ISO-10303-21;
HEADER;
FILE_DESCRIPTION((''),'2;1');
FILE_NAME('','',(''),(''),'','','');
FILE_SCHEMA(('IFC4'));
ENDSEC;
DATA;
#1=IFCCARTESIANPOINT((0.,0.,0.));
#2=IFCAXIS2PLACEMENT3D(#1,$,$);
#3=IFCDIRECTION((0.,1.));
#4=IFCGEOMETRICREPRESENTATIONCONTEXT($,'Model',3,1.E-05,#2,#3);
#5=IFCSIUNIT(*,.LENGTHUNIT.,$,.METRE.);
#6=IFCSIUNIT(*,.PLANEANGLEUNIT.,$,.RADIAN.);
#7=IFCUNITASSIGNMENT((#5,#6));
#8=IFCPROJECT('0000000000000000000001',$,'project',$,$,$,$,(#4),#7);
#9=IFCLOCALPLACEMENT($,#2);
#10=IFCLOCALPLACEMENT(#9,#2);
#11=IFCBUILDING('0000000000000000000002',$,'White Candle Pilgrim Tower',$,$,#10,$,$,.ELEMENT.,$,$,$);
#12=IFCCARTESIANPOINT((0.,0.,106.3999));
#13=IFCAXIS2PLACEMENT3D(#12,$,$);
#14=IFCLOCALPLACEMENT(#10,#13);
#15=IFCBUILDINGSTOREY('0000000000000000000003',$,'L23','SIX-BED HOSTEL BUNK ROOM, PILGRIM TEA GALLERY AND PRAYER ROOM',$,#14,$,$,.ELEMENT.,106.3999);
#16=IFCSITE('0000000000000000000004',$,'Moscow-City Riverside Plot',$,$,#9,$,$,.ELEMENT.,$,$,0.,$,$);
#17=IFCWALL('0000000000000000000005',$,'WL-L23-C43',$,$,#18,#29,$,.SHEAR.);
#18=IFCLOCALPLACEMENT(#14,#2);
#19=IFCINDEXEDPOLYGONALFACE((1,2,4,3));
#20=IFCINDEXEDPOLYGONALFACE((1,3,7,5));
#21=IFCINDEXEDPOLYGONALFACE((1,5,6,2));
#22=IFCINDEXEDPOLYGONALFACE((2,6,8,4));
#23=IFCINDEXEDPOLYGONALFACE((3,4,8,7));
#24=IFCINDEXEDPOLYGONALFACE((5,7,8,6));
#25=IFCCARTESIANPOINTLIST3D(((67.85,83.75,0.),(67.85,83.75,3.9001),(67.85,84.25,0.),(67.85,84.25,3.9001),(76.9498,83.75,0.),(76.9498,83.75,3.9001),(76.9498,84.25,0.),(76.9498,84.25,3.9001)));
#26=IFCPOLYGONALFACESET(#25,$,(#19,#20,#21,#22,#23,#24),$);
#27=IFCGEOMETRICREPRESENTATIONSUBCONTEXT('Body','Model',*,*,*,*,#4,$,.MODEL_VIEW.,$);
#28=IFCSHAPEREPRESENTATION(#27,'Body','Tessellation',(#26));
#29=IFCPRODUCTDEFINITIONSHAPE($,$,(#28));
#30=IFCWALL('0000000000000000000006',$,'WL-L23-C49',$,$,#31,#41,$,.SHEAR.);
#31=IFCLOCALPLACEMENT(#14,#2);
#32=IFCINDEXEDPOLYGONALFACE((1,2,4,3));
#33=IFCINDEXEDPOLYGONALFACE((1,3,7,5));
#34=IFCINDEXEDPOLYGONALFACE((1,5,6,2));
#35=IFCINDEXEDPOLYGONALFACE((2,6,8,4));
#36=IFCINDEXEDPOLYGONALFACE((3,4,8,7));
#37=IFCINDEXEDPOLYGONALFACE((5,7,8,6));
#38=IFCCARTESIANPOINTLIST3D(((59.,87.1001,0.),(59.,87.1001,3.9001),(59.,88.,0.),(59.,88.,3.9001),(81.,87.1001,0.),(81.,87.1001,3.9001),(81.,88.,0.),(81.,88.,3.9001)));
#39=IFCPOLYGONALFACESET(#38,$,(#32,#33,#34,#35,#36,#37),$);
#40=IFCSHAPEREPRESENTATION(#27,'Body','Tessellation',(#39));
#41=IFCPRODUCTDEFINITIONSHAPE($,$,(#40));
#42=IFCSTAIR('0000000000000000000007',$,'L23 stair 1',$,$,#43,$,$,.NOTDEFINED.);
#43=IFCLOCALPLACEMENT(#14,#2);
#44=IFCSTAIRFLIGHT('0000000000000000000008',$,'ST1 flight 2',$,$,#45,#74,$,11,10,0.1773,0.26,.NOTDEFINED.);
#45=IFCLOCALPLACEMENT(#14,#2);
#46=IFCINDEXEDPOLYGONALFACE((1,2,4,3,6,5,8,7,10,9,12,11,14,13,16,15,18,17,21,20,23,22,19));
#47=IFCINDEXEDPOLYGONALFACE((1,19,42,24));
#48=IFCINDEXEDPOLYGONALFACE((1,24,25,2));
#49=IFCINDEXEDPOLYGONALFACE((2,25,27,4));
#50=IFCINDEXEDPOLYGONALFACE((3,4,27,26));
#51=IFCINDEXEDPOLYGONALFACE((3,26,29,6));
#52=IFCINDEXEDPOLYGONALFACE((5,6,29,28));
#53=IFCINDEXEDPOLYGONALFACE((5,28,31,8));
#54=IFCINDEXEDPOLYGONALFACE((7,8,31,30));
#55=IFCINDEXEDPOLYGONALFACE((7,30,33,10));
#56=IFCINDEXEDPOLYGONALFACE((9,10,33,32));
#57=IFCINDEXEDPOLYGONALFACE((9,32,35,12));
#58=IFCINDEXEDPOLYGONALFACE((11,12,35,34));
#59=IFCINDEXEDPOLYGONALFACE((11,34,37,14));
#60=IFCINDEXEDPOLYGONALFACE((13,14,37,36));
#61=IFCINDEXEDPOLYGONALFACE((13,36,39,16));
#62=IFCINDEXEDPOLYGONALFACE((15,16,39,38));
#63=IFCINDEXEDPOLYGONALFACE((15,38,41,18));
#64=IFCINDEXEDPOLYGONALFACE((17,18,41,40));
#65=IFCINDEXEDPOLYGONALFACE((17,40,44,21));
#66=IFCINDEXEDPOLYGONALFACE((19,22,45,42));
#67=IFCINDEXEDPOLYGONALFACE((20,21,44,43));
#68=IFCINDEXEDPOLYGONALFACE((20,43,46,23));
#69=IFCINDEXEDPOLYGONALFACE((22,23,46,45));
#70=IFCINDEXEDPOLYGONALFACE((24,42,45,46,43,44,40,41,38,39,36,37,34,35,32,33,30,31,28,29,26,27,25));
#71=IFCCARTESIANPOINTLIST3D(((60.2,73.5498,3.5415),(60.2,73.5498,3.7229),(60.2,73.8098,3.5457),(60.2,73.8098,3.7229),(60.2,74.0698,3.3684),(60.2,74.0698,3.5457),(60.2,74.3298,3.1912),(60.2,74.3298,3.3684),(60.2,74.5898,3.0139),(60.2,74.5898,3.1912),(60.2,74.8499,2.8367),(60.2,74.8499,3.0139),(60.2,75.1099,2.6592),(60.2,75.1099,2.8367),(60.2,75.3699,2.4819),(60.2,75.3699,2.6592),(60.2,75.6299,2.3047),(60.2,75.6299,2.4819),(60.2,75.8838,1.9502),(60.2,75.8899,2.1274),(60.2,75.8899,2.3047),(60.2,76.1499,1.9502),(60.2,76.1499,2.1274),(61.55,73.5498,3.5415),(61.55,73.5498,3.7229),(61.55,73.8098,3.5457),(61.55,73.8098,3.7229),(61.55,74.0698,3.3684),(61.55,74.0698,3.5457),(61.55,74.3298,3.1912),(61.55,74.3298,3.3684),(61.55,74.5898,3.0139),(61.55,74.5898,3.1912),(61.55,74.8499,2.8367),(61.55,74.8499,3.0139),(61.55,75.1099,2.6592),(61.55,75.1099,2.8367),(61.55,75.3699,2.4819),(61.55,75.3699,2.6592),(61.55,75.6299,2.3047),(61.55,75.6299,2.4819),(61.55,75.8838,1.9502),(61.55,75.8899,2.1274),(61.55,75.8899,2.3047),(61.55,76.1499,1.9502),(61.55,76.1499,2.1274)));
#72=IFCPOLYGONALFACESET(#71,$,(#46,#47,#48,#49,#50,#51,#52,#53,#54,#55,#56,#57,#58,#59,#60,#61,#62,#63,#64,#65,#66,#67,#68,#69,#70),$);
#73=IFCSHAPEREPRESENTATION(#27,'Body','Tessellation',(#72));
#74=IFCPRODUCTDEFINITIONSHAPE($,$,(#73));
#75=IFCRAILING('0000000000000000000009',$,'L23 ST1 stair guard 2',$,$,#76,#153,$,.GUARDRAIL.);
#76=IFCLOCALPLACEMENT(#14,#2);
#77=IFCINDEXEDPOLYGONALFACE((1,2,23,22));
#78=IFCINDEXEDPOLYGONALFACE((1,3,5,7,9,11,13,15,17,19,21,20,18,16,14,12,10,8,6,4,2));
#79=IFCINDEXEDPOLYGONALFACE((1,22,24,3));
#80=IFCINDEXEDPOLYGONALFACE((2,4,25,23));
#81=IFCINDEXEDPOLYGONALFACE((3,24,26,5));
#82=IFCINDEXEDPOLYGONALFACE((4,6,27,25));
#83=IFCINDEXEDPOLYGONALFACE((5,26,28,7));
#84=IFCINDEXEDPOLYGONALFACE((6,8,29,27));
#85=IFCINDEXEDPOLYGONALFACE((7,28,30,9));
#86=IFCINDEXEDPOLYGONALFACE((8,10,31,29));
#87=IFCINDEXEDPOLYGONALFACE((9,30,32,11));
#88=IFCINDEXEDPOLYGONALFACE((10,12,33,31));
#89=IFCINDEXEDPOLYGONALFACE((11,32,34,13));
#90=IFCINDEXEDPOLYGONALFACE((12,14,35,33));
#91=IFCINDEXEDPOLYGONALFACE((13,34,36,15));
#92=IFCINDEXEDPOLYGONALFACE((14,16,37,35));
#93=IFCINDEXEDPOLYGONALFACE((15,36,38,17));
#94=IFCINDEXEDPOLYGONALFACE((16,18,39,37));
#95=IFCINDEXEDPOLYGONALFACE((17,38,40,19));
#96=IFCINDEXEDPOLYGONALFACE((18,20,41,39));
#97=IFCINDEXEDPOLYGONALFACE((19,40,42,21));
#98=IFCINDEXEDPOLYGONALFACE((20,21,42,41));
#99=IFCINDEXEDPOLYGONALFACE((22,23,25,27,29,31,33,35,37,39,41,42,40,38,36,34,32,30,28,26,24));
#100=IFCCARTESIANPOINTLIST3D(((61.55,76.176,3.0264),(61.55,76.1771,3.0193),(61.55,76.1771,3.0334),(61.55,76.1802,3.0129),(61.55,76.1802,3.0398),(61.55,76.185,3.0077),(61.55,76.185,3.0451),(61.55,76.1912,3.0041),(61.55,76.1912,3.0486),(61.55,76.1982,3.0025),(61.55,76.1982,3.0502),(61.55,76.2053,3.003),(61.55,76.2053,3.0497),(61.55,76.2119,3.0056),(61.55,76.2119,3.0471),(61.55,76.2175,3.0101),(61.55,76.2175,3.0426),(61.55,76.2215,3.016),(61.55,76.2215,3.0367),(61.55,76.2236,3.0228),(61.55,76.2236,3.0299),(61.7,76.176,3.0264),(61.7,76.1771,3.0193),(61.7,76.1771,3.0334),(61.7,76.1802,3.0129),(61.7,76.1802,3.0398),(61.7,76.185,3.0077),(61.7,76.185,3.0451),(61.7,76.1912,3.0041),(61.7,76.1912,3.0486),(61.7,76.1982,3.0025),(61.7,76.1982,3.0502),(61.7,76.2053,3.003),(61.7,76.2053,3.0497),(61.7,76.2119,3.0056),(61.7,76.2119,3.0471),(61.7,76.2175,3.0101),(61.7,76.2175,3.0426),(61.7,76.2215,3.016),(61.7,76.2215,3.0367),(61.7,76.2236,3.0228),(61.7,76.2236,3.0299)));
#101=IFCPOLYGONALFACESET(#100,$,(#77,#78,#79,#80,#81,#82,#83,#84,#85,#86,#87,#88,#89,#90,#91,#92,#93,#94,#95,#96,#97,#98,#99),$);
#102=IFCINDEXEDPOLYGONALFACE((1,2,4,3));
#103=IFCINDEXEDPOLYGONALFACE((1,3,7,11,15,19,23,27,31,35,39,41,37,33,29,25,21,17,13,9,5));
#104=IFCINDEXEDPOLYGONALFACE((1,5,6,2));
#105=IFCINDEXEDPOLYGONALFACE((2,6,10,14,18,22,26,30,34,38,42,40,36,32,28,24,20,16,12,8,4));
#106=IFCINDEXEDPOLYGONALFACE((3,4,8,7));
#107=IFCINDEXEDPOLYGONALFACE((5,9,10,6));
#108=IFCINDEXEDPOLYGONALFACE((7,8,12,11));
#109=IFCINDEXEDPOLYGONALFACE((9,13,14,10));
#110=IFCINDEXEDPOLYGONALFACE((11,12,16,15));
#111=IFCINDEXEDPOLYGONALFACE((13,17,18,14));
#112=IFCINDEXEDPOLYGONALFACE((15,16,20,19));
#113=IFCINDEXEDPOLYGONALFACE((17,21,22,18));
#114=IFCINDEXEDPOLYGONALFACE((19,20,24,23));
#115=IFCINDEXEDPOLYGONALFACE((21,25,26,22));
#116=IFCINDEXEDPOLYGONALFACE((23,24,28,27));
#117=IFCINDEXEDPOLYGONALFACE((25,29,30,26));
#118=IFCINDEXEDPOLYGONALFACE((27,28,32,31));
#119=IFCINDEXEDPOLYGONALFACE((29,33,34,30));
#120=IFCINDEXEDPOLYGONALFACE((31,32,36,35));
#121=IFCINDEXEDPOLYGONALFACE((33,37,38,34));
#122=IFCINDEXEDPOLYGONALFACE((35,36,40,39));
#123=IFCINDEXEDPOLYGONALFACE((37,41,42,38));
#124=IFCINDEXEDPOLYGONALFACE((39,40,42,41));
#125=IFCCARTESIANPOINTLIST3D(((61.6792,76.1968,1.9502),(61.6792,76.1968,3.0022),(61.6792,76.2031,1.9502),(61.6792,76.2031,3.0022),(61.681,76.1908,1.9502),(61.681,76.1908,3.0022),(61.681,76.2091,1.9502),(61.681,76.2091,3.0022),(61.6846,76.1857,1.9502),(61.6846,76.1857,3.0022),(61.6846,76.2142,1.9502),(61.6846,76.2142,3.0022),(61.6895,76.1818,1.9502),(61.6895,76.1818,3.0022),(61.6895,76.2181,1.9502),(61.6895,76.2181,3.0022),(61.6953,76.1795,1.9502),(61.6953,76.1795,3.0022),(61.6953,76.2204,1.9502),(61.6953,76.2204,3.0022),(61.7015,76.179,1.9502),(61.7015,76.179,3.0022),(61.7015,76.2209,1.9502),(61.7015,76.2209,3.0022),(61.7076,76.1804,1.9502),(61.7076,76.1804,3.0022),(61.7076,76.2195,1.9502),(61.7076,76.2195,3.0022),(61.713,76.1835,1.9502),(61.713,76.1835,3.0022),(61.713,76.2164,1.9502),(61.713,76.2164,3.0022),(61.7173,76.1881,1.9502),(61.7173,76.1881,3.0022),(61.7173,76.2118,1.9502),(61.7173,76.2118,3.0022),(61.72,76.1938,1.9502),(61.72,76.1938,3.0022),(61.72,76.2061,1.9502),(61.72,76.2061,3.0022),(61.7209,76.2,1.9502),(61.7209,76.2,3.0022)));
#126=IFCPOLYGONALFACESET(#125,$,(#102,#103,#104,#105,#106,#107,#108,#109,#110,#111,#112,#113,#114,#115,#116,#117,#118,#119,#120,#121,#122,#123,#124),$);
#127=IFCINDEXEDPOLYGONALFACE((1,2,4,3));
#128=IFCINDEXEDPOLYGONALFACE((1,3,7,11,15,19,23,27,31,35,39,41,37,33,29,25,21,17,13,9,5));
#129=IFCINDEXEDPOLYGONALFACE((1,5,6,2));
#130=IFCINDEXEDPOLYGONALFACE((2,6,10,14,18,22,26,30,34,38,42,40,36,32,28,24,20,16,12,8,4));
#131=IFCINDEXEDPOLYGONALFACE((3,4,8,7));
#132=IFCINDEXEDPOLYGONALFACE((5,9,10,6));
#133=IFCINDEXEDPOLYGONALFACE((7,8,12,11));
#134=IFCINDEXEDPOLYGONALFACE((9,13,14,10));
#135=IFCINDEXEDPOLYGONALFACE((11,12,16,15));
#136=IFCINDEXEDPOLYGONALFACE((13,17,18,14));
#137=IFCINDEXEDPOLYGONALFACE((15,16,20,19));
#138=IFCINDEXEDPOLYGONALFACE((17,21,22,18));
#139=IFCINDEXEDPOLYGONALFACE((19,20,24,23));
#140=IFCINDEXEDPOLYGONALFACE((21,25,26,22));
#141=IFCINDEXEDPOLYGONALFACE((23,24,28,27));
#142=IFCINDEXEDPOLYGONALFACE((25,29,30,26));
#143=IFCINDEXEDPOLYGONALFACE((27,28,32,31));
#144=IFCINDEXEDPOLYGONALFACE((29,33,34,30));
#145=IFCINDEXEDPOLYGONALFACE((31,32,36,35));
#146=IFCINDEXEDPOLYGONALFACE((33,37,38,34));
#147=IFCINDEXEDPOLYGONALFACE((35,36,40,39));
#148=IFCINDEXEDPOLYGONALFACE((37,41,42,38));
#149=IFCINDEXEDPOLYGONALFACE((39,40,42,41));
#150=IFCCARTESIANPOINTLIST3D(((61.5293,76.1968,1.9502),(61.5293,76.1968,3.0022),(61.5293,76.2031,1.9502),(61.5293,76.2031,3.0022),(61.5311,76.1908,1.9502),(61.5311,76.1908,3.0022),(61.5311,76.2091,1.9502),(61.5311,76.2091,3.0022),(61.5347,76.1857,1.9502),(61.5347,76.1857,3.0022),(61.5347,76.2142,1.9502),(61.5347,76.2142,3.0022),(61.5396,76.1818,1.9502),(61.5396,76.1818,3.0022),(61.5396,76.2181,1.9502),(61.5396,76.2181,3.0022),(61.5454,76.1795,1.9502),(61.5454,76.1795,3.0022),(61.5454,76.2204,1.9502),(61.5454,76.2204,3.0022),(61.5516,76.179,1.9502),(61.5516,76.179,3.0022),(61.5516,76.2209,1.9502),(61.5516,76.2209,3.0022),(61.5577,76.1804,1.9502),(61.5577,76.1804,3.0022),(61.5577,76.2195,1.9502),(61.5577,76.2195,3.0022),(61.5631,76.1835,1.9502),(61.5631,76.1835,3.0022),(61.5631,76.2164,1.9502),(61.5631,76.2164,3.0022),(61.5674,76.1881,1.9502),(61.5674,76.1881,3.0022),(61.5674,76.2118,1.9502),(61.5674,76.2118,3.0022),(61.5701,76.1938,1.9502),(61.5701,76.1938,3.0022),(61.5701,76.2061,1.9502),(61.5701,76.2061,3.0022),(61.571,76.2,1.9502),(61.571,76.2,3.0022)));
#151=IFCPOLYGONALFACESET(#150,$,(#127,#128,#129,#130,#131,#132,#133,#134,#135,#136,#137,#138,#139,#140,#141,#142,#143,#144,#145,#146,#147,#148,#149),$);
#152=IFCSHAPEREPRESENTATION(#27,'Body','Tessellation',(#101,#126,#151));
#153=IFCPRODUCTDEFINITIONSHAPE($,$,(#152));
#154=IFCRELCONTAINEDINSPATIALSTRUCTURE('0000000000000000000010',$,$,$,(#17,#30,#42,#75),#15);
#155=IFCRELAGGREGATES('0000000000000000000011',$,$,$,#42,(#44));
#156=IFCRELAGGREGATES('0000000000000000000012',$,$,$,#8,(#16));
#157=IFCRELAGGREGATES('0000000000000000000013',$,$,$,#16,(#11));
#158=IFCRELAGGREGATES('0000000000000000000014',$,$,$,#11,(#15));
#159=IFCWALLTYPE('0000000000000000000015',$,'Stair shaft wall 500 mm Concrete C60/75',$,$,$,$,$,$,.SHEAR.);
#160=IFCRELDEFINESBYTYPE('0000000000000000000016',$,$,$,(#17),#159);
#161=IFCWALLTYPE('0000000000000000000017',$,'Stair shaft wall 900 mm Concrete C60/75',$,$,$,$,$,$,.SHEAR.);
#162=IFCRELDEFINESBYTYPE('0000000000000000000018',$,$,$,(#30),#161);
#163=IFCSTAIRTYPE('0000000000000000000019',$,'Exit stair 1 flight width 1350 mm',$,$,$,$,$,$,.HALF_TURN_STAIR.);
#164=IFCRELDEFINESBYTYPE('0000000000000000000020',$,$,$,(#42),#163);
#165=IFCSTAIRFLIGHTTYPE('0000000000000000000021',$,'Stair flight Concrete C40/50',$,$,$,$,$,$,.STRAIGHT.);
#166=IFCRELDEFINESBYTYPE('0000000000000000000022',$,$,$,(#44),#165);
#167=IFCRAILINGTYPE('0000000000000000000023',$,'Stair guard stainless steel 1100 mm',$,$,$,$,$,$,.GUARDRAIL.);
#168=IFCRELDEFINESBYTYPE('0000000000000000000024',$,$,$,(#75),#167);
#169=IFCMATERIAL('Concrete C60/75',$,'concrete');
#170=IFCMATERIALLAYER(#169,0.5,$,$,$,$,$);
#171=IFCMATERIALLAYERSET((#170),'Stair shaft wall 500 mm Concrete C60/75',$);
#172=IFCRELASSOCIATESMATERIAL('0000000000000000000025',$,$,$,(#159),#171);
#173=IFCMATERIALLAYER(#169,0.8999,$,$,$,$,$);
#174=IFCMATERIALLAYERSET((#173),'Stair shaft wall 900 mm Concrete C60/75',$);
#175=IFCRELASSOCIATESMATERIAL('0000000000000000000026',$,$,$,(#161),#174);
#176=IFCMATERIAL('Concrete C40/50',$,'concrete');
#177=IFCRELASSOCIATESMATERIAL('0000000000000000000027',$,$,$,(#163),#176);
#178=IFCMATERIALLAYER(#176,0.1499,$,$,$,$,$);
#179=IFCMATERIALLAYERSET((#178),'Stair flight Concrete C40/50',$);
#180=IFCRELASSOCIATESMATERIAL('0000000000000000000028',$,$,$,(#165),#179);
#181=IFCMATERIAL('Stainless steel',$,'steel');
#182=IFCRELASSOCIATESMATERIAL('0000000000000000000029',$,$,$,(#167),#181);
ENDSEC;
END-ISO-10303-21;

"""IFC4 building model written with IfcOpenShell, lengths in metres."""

from ifc_helpers import new_model, si_unit, direction, frame, frame_2d, origin, origin_2d, place, context, subcontext, project, spatial, polyline, rectangle, circle, outline, extrude, material, layer, layer_set, type_object, element, aggregate, save


model = new_model("IFC4")

# Units and contexts
model_context = context("Model", 3, precision=1e-05, world=origin(), true_north=direction((0.0, 1.0)))
body_context = subcontext(model_context, "Body", "Model", "MODEL_VIEW")
ifc_project = project(units=[si_unit("LENGTHUNIT", "METRE"), si_unit("PLANEANGLEUNIT", "RADIAN")], contexts=[model_context])

# Site, building, storey
site_placement = place(None, origin())
site = spatial("IfcSite", under=ifc_project, at=site_placement, Name="Moscow-City Riverside Plot", CompositionType="ELEMENT", RefElevation=0.0)
building_placement = place(site_placement, origin())
building = spatial("IfcBuilding", under=site, at=building_placement, Name="White Candle Pilgrim Tower", CompositionType="ELEMENT")
storey_placement = place(building_placement, frame((0.0, 0.0, 106.3999)))
storey = spatial("IfcBuildingStorey", under=building, at=storey_placement, Name="L23", Description="SIX-BED HOSTEL BUNK ROOM, PILGRIM TEA GALLERY AND PRAYER ROOM", CompositionType="ELEMENT", Elevation=106.3999)

# Shared definitions
ifc_material_1 = material(Name="Concrete C60/75", Category="concrete")

# Walls
ifc_layer_1 = layer(ifc_material_1, 0.5)
ifc_layer_set_1 = layer_set([ifc_layer_1], Name="Stair shaft wall 500 mm Concrete C60/75")
wall_type_1 = type_object("IfcWallType", Name="Stair shaft wall 500 mm Concrete C60/75", PredefinedType="SHEAR", material=ifc_layer_set_1)
wall_1_placement = place(storey_placement, frame((67.8501, 84.0, 0.0), z_axis=(0.0, 0.0, 1.0), x_axis=(1.0, 0.0, 0.0)))
element("IfcWall", 1, at=wall_1_placement, inside=storey, type_object=wall_type_1, Name="WL-L23-C43", PredefinedType="SHEAR", context=body_context, shape_type="SweptSolid", body=[
    extrude(rectangle(XDim=9.0999, YDim=0.5, at=frame_2d((4.5498, 0.0))), origin(), (0.0, 0.0, 1.0), 3.9001),
])
ifc_layer_2 = layer(ifc_material_1, 0.8999)
ifc_layer_set_2 = layer_set([ifc_layer_2], Name="Stair shaft wall 900 mm Concrete C60/75")
wall_type_2 = type_object("IfcWallType", Name="Stair shaft wall 900 mm Concrete C60/75", PredefinedType="SHEAR", material=ifc_layer_set_2)
wall_2_placement = place(storey_placement, frame((59.0, 87.55, 0.0), z_axis=(0.0, 0.0, 1.0), x_axis=(1.0, 0.0, 0.0)))
element("IfcWall", 2, at=wall_2_placement, inside=storey, type_object=wall_type_2, Name="WL-L23-C49", PredefinedType="SHEAR", context=body_context, shape_type="SweptSolid", body=[
    extrude(rectangle(XDim=22.0, YDim=0.8999, at=frame_2d((11.0, 0.0))), origin(), (0.0, 0.0, 1.0), 3.9001),
])

# Stair, stair flight
ifc_material_2 = material(Name="Concrete C40/50", Category="concrete")
stair_type = type_object("IfcStairType", Name="Exit stair 1 flight width 1350 mm", PredefinedType="HALF_TURN_STAIR", material=ifc_material_2)
stair_placement = place(storey_placement, origin())
stair = element("IfcStair", 3, at=stair_placement, inside=storey, type_object=stair_type, Name="L23 stair 1", PredefinedType="NOTDEFINED")
ifc_layer_3 = layer(ifc_material_2, 0.1499)
ifc_layer_set_3 = layer_set([ifc_layer_3], Name="Stair flight Concrete C40/50")
stair_flight_type = type_object("IfcStairFlightType", Name="Stair flight Concrete C40/50", PredefinedType="STRAIGHT", material=ifc_layer_set_3)
stair_flight_placement = place(storey_placement, frame((60.875, 76.1499, 1.9502), z_axis=(0.0, 0.0, 1.0), x_axis=(0.0, -1.0, 0.0)))
stair_flight = element("IfcStairFlight", 4, at=stair_flight_placement, type_object=stair_flight_type, Name="ST1 flight 2", NumberOfRisers=11, NumberOfTreads=10, PredefinedType="NOTDEFINED", RiserHeight=0.1773, TreadLength=0.26, context=body_context, shape_type="SweptSolid", body=[
    extrude(outline(polyline([(0.0, 0.0), (0.0, 0.1772), (0.26, 0.1772), (0.26, 0.3545), (0.52, 0.3545), (0.52, 0.5317), (0.78, 0.5317), (0.78, 0.709), (1.04, 0.709), (1.04, 0.8865), (1.3, 0.8865), (1.3, 1.0637), (1.5601, 1.0637), (1.5601, 1.241), (1.8201, 1.241), (1.8201, 1.4182), (2.0801, 1.4182), (2.0801, 1.5955), (2.3401, 1.5955), (2.3401, 1.7727), (2.6001, 1.7727), (2.6001, 1.95), (2.6001, 1.5913), (0.2661, 0.0), (0.0, 0.0)])), frame((0.0, 0.675, 0.0), z_axis=(0.0, -1.0, 0.0), x_axis=(1.0, 0.0, 0.0)), (0.0, 0.0, 1.0), 1.3501),
])
aggregate(stair, [stair_flight])

# Railing
ifc_material_3 = material(Name="Stainless steel", Category="steel")
railing_type_1 = type_object("IfcRailingType", Name="Stair guard stainless steel 1100 mm", PredefinedType="GUARDRAIL", material=ifc_material_3)
railing_1_placement = place(storey_placement, frame((61.7, 76.2, 1.9502)))
element("IfcRailing", 5, at=railing_1_placement, inside=storey, type_object=railing_type_1, Name="L23 ST1 stair guard 2", PredefinedType="GUARDRAIL", context=body_context, shape_type="SweptSolid", body=[
    extrude(circle(Radius=0.0239, at=origin_2d()), frame((0.0, 0.0, 1.0762), z_axis=(-1.0, 0.0, 0.0), x_axis=(0.0, -1.0, 0.0)), (0.0, 0.0, 1.0), 0.1499),
    extrude(circle(Radius=0.021, at=origin_2d()), origin(), (0.0, 0.0, 1.0), 1.052),
    extrude(circle(Radius=0.021, at=origin_2d()), frame((-0.1499, 0.0, 0.0)), (0.0, 0.0, 1.0), 1.052),
])

save(model, "model.ifc")
